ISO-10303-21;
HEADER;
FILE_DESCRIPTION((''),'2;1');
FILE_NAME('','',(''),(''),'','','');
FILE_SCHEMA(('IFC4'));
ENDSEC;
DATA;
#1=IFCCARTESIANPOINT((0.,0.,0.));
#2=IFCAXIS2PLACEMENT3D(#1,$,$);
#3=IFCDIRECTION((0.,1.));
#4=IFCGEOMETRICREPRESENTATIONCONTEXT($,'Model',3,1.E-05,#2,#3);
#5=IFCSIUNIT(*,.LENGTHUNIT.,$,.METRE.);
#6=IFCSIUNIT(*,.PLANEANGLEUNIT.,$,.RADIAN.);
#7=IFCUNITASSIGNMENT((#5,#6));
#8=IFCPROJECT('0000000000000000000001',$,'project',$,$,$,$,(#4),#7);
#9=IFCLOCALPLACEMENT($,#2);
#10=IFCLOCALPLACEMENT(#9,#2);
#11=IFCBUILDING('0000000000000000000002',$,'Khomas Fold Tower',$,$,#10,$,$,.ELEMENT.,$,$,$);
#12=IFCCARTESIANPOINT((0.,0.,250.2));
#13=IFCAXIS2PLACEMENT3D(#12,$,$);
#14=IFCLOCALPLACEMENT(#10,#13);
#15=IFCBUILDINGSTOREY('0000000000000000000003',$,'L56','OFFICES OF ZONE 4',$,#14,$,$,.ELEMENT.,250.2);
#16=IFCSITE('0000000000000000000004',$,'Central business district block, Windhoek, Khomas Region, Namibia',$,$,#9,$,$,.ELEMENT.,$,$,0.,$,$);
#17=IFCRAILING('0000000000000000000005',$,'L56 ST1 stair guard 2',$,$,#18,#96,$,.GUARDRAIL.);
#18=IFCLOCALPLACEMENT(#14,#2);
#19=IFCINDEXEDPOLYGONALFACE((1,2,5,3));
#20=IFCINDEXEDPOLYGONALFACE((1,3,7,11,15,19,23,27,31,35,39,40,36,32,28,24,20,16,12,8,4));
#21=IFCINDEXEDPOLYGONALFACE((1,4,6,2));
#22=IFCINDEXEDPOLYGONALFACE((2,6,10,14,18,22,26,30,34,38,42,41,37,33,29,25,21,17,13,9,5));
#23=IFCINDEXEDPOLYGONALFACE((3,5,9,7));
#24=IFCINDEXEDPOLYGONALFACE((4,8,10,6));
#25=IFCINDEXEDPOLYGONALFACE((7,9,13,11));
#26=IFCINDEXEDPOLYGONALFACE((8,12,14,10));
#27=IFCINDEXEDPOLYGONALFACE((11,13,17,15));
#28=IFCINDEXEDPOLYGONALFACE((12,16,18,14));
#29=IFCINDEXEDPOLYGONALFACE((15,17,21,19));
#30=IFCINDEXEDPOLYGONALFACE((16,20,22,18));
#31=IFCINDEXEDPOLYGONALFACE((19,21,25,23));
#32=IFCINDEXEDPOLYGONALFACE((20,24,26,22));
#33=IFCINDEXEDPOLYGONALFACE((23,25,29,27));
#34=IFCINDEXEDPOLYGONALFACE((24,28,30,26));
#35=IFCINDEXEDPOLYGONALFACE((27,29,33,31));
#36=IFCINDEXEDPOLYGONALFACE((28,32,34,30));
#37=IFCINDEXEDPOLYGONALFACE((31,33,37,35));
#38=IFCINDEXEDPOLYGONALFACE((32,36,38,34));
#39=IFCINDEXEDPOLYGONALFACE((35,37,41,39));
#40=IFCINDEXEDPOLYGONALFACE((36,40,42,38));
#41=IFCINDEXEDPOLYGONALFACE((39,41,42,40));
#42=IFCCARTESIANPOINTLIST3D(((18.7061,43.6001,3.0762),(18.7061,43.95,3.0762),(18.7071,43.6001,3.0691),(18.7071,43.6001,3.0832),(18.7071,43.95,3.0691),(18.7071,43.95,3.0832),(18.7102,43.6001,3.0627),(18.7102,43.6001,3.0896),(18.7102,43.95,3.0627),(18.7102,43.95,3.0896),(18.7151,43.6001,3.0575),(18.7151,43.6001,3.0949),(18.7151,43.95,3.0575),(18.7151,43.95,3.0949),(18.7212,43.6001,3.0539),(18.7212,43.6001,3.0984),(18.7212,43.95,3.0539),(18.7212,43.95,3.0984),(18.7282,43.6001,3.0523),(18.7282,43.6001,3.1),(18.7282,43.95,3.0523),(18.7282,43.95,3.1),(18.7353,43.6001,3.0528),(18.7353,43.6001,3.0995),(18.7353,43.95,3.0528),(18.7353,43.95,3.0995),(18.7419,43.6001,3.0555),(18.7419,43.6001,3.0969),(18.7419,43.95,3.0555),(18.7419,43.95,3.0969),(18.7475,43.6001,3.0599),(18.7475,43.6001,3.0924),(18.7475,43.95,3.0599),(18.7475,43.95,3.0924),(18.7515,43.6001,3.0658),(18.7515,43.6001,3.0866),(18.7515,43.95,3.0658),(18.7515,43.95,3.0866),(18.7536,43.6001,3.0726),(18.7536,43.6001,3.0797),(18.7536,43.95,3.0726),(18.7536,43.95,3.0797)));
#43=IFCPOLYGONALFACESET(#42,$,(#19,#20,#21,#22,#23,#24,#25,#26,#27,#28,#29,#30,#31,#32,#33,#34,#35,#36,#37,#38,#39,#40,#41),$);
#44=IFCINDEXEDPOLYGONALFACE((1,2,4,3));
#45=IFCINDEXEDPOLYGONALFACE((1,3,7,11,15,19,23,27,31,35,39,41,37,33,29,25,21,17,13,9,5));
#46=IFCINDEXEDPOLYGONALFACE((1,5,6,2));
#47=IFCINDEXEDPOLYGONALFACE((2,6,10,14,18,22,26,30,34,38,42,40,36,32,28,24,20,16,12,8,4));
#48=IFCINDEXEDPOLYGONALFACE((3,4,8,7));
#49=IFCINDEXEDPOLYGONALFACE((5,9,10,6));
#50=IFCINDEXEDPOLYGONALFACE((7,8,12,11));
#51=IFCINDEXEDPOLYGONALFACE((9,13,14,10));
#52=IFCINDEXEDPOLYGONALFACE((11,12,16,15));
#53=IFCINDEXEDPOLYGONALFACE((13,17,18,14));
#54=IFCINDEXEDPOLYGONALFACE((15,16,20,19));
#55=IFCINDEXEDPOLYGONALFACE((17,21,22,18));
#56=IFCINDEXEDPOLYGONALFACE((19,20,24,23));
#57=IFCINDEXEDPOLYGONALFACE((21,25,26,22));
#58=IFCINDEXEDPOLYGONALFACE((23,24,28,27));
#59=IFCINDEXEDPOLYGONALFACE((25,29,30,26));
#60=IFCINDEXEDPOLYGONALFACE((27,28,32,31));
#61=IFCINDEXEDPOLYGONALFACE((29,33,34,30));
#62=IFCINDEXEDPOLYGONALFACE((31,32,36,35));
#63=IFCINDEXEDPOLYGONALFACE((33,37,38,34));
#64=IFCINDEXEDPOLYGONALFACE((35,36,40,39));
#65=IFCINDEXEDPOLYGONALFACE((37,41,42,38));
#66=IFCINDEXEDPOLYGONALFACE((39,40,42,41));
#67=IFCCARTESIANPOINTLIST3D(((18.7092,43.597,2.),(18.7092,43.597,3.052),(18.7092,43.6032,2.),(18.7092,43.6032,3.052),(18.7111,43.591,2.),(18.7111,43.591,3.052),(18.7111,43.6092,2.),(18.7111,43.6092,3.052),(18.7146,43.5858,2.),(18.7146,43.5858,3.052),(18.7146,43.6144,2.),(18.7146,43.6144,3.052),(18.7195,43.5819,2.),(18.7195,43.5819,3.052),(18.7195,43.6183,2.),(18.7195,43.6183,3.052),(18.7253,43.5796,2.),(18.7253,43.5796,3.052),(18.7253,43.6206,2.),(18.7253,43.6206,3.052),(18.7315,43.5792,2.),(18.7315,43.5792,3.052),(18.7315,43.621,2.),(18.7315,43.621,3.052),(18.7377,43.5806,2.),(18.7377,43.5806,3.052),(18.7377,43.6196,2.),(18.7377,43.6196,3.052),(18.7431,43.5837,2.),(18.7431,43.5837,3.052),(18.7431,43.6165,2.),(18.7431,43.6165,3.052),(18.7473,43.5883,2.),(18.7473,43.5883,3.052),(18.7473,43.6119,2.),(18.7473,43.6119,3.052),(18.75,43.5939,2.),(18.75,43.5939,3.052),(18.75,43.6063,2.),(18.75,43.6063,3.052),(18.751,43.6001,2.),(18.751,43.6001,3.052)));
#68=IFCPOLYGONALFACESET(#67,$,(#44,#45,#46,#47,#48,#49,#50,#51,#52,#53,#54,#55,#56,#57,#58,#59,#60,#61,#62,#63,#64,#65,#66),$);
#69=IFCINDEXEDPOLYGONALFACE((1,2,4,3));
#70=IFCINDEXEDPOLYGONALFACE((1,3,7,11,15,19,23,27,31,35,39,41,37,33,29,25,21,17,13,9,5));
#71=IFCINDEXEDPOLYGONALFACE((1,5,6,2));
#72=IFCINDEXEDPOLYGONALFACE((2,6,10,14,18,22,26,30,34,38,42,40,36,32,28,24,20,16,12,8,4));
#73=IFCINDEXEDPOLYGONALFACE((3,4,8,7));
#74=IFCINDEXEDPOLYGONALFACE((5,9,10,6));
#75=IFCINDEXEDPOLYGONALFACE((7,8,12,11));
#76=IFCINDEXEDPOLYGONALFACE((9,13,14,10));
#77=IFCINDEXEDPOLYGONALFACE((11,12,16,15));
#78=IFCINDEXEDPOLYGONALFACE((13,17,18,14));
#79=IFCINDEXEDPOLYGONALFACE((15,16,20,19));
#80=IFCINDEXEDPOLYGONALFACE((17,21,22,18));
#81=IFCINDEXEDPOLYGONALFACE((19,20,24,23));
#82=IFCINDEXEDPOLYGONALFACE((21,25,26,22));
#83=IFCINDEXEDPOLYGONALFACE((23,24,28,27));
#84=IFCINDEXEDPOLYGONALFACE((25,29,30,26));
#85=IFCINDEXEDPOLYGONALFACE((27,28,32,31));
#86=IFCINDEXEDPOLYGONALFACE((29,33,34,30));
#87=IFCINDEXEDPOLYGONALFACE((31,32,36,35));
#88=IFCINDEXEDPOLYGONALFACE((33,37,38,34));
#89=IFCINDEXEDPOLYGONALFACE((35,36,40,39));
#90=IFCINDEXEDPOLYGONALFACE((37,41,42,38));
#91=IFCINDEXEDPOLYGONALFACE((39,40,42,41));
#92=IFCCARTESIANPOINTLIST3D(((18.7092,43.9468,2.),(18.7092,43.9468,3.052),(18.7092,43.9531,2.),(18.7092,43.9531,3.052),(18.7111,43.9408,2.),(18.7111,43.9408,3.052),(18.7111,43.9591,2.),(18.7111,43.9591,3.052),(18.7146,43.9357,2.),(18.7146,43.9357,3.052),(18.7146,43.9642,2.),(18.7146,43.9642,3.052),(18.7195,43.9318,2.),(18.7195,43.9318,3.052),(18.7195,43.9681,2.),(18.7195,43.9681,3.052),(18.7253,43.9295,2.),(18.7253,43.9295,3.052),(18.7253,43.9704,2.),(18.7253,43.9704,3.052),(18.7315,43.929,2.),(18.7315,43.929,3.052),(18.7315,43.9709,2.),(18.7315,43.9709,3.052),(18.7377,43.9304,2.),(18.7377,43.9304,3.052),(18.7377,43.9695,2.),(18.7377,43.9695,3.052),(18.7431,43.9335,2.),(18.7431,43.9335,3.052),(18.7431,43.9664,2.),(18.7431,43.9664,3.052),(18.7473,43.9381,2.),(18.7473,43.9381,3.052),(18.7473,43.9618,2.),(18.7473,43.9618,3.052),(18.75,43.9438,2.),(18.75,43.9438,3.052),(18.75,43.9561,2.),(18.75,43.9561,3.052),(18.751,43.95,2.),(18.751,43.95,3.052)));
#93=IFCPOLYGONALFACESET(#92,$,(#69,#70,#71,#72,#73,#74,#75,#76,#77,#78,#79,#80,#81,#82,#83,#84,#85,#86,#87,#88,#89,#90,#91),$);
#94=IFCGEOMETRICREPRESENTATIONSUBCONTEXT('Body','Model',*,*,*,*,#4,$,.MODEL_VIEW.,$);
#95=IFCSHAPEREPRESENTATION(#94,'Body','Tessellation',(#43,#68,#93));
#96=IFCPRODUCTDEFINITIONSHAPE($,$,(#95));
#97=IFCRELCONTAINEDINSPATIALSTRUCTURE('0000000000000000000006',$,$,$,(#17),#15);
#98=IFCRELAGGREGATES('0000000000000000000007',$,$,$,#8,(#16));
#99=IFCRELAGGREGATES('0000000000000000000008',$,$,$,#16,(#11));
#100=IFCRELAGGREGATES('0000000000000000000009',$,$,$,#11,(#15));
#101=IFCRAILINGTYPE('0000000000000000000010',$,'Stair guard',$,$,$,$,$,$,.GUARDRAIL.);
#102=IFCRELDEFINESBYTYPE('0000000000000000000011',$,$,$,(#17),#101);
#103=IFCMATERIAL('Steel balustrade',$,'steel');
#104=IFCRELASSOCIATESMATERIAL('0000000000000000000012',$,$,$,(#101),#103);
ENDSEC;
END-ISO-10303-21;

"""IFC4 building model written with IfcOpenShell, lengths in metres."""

from ifc_helpers import new_model, si_unit, direction, frame, origin, origin_2d, place, context, subcontext, project, spatial, circle, extrude, source, transform, mapped, material, type_object, element, save


model = new_model("IFC4")

# Units and contexts
model_context = context("Model", 3, precision=1e-05, world=origin(), true_north=direction((0.0, 1.0)))
body_context = subcontext(model_context, "Body", "Model", "MODEL_VIEW")
ifc_project = project(units=[si_unit("LENGTHUNIT", "METRE"), si_unit("PLANEANGLEUNIT", "RADIAN")], contexts=[model_context])

# Site, building, storey
site_placement = place(None, origin())
site = spatial("IfcSite", under=ifc_project, at=site_placement, Name="Central business district block, Windhoek, Khomas Region, Namibia", CompositionType="ELEMENT", RefElevation=0.0)
building_placement = place(site_placement, origin())
building = spatial("IfcBuilding", under=site, at=building_placement, Name="Khomas Fold Tower", CompositionType="ELEMENT")
storey_placement = place(building_placement, frame((0.0, 0.0, 250.2)))
storey = spatial("IfcBuildingStorey", under=building, at=storey_placement, Name="L56", Description="OFFICES OF ZONE 4", CompositionType="ELEMENT", Elevation=250.2)

# Railing
ifc_material_1 = material(Name="Steel balustrade", Category="steel")
railing_type_1 = type_object("IfcRailingType", Name="Stair guard", PredefinedType="GUARDRAIL", material=ifc_material_1)
shared_shape_1 = source(origin(), body_context, "Body", "SweptSolid", [
    extrude(circle(Radius=0.0239, at=origin_2d()), frame((0.0, 0.0, 1.0762), z_axis=(0.0, 1.0, 0.0), x_axis=(-1.0, 0.0, 0.0)), (0.0, 0.0, 1.0), 0.3499),
    extrude(circle(Radius=0.021, at=origin_2d()), origin(), (0.0, 0.0, 1.0), 1.052),
    extrude(circle(Radius=0.021, at=origin_2d()), frame((0.0, 0.3499, 0.0)), (0.0, 0.0, 1.0), 1.052),
])
railing_1_placement = place(storey_placement, frame((18.73, 43.6001, 2.0)))
element("IfcRailing", 1, at=railing_1_placement, inside=storey, type_object=railing_type_1, Name="L56 ST1 stair guard 2", PredefinedType="GUARDRAIL", context=body_context, shape_type="MappedRepresentation", body=[
    mapped(shared_shape_1, transform((0.0, 0.0, 0.0))),
])

save(model, "model.ifc")
